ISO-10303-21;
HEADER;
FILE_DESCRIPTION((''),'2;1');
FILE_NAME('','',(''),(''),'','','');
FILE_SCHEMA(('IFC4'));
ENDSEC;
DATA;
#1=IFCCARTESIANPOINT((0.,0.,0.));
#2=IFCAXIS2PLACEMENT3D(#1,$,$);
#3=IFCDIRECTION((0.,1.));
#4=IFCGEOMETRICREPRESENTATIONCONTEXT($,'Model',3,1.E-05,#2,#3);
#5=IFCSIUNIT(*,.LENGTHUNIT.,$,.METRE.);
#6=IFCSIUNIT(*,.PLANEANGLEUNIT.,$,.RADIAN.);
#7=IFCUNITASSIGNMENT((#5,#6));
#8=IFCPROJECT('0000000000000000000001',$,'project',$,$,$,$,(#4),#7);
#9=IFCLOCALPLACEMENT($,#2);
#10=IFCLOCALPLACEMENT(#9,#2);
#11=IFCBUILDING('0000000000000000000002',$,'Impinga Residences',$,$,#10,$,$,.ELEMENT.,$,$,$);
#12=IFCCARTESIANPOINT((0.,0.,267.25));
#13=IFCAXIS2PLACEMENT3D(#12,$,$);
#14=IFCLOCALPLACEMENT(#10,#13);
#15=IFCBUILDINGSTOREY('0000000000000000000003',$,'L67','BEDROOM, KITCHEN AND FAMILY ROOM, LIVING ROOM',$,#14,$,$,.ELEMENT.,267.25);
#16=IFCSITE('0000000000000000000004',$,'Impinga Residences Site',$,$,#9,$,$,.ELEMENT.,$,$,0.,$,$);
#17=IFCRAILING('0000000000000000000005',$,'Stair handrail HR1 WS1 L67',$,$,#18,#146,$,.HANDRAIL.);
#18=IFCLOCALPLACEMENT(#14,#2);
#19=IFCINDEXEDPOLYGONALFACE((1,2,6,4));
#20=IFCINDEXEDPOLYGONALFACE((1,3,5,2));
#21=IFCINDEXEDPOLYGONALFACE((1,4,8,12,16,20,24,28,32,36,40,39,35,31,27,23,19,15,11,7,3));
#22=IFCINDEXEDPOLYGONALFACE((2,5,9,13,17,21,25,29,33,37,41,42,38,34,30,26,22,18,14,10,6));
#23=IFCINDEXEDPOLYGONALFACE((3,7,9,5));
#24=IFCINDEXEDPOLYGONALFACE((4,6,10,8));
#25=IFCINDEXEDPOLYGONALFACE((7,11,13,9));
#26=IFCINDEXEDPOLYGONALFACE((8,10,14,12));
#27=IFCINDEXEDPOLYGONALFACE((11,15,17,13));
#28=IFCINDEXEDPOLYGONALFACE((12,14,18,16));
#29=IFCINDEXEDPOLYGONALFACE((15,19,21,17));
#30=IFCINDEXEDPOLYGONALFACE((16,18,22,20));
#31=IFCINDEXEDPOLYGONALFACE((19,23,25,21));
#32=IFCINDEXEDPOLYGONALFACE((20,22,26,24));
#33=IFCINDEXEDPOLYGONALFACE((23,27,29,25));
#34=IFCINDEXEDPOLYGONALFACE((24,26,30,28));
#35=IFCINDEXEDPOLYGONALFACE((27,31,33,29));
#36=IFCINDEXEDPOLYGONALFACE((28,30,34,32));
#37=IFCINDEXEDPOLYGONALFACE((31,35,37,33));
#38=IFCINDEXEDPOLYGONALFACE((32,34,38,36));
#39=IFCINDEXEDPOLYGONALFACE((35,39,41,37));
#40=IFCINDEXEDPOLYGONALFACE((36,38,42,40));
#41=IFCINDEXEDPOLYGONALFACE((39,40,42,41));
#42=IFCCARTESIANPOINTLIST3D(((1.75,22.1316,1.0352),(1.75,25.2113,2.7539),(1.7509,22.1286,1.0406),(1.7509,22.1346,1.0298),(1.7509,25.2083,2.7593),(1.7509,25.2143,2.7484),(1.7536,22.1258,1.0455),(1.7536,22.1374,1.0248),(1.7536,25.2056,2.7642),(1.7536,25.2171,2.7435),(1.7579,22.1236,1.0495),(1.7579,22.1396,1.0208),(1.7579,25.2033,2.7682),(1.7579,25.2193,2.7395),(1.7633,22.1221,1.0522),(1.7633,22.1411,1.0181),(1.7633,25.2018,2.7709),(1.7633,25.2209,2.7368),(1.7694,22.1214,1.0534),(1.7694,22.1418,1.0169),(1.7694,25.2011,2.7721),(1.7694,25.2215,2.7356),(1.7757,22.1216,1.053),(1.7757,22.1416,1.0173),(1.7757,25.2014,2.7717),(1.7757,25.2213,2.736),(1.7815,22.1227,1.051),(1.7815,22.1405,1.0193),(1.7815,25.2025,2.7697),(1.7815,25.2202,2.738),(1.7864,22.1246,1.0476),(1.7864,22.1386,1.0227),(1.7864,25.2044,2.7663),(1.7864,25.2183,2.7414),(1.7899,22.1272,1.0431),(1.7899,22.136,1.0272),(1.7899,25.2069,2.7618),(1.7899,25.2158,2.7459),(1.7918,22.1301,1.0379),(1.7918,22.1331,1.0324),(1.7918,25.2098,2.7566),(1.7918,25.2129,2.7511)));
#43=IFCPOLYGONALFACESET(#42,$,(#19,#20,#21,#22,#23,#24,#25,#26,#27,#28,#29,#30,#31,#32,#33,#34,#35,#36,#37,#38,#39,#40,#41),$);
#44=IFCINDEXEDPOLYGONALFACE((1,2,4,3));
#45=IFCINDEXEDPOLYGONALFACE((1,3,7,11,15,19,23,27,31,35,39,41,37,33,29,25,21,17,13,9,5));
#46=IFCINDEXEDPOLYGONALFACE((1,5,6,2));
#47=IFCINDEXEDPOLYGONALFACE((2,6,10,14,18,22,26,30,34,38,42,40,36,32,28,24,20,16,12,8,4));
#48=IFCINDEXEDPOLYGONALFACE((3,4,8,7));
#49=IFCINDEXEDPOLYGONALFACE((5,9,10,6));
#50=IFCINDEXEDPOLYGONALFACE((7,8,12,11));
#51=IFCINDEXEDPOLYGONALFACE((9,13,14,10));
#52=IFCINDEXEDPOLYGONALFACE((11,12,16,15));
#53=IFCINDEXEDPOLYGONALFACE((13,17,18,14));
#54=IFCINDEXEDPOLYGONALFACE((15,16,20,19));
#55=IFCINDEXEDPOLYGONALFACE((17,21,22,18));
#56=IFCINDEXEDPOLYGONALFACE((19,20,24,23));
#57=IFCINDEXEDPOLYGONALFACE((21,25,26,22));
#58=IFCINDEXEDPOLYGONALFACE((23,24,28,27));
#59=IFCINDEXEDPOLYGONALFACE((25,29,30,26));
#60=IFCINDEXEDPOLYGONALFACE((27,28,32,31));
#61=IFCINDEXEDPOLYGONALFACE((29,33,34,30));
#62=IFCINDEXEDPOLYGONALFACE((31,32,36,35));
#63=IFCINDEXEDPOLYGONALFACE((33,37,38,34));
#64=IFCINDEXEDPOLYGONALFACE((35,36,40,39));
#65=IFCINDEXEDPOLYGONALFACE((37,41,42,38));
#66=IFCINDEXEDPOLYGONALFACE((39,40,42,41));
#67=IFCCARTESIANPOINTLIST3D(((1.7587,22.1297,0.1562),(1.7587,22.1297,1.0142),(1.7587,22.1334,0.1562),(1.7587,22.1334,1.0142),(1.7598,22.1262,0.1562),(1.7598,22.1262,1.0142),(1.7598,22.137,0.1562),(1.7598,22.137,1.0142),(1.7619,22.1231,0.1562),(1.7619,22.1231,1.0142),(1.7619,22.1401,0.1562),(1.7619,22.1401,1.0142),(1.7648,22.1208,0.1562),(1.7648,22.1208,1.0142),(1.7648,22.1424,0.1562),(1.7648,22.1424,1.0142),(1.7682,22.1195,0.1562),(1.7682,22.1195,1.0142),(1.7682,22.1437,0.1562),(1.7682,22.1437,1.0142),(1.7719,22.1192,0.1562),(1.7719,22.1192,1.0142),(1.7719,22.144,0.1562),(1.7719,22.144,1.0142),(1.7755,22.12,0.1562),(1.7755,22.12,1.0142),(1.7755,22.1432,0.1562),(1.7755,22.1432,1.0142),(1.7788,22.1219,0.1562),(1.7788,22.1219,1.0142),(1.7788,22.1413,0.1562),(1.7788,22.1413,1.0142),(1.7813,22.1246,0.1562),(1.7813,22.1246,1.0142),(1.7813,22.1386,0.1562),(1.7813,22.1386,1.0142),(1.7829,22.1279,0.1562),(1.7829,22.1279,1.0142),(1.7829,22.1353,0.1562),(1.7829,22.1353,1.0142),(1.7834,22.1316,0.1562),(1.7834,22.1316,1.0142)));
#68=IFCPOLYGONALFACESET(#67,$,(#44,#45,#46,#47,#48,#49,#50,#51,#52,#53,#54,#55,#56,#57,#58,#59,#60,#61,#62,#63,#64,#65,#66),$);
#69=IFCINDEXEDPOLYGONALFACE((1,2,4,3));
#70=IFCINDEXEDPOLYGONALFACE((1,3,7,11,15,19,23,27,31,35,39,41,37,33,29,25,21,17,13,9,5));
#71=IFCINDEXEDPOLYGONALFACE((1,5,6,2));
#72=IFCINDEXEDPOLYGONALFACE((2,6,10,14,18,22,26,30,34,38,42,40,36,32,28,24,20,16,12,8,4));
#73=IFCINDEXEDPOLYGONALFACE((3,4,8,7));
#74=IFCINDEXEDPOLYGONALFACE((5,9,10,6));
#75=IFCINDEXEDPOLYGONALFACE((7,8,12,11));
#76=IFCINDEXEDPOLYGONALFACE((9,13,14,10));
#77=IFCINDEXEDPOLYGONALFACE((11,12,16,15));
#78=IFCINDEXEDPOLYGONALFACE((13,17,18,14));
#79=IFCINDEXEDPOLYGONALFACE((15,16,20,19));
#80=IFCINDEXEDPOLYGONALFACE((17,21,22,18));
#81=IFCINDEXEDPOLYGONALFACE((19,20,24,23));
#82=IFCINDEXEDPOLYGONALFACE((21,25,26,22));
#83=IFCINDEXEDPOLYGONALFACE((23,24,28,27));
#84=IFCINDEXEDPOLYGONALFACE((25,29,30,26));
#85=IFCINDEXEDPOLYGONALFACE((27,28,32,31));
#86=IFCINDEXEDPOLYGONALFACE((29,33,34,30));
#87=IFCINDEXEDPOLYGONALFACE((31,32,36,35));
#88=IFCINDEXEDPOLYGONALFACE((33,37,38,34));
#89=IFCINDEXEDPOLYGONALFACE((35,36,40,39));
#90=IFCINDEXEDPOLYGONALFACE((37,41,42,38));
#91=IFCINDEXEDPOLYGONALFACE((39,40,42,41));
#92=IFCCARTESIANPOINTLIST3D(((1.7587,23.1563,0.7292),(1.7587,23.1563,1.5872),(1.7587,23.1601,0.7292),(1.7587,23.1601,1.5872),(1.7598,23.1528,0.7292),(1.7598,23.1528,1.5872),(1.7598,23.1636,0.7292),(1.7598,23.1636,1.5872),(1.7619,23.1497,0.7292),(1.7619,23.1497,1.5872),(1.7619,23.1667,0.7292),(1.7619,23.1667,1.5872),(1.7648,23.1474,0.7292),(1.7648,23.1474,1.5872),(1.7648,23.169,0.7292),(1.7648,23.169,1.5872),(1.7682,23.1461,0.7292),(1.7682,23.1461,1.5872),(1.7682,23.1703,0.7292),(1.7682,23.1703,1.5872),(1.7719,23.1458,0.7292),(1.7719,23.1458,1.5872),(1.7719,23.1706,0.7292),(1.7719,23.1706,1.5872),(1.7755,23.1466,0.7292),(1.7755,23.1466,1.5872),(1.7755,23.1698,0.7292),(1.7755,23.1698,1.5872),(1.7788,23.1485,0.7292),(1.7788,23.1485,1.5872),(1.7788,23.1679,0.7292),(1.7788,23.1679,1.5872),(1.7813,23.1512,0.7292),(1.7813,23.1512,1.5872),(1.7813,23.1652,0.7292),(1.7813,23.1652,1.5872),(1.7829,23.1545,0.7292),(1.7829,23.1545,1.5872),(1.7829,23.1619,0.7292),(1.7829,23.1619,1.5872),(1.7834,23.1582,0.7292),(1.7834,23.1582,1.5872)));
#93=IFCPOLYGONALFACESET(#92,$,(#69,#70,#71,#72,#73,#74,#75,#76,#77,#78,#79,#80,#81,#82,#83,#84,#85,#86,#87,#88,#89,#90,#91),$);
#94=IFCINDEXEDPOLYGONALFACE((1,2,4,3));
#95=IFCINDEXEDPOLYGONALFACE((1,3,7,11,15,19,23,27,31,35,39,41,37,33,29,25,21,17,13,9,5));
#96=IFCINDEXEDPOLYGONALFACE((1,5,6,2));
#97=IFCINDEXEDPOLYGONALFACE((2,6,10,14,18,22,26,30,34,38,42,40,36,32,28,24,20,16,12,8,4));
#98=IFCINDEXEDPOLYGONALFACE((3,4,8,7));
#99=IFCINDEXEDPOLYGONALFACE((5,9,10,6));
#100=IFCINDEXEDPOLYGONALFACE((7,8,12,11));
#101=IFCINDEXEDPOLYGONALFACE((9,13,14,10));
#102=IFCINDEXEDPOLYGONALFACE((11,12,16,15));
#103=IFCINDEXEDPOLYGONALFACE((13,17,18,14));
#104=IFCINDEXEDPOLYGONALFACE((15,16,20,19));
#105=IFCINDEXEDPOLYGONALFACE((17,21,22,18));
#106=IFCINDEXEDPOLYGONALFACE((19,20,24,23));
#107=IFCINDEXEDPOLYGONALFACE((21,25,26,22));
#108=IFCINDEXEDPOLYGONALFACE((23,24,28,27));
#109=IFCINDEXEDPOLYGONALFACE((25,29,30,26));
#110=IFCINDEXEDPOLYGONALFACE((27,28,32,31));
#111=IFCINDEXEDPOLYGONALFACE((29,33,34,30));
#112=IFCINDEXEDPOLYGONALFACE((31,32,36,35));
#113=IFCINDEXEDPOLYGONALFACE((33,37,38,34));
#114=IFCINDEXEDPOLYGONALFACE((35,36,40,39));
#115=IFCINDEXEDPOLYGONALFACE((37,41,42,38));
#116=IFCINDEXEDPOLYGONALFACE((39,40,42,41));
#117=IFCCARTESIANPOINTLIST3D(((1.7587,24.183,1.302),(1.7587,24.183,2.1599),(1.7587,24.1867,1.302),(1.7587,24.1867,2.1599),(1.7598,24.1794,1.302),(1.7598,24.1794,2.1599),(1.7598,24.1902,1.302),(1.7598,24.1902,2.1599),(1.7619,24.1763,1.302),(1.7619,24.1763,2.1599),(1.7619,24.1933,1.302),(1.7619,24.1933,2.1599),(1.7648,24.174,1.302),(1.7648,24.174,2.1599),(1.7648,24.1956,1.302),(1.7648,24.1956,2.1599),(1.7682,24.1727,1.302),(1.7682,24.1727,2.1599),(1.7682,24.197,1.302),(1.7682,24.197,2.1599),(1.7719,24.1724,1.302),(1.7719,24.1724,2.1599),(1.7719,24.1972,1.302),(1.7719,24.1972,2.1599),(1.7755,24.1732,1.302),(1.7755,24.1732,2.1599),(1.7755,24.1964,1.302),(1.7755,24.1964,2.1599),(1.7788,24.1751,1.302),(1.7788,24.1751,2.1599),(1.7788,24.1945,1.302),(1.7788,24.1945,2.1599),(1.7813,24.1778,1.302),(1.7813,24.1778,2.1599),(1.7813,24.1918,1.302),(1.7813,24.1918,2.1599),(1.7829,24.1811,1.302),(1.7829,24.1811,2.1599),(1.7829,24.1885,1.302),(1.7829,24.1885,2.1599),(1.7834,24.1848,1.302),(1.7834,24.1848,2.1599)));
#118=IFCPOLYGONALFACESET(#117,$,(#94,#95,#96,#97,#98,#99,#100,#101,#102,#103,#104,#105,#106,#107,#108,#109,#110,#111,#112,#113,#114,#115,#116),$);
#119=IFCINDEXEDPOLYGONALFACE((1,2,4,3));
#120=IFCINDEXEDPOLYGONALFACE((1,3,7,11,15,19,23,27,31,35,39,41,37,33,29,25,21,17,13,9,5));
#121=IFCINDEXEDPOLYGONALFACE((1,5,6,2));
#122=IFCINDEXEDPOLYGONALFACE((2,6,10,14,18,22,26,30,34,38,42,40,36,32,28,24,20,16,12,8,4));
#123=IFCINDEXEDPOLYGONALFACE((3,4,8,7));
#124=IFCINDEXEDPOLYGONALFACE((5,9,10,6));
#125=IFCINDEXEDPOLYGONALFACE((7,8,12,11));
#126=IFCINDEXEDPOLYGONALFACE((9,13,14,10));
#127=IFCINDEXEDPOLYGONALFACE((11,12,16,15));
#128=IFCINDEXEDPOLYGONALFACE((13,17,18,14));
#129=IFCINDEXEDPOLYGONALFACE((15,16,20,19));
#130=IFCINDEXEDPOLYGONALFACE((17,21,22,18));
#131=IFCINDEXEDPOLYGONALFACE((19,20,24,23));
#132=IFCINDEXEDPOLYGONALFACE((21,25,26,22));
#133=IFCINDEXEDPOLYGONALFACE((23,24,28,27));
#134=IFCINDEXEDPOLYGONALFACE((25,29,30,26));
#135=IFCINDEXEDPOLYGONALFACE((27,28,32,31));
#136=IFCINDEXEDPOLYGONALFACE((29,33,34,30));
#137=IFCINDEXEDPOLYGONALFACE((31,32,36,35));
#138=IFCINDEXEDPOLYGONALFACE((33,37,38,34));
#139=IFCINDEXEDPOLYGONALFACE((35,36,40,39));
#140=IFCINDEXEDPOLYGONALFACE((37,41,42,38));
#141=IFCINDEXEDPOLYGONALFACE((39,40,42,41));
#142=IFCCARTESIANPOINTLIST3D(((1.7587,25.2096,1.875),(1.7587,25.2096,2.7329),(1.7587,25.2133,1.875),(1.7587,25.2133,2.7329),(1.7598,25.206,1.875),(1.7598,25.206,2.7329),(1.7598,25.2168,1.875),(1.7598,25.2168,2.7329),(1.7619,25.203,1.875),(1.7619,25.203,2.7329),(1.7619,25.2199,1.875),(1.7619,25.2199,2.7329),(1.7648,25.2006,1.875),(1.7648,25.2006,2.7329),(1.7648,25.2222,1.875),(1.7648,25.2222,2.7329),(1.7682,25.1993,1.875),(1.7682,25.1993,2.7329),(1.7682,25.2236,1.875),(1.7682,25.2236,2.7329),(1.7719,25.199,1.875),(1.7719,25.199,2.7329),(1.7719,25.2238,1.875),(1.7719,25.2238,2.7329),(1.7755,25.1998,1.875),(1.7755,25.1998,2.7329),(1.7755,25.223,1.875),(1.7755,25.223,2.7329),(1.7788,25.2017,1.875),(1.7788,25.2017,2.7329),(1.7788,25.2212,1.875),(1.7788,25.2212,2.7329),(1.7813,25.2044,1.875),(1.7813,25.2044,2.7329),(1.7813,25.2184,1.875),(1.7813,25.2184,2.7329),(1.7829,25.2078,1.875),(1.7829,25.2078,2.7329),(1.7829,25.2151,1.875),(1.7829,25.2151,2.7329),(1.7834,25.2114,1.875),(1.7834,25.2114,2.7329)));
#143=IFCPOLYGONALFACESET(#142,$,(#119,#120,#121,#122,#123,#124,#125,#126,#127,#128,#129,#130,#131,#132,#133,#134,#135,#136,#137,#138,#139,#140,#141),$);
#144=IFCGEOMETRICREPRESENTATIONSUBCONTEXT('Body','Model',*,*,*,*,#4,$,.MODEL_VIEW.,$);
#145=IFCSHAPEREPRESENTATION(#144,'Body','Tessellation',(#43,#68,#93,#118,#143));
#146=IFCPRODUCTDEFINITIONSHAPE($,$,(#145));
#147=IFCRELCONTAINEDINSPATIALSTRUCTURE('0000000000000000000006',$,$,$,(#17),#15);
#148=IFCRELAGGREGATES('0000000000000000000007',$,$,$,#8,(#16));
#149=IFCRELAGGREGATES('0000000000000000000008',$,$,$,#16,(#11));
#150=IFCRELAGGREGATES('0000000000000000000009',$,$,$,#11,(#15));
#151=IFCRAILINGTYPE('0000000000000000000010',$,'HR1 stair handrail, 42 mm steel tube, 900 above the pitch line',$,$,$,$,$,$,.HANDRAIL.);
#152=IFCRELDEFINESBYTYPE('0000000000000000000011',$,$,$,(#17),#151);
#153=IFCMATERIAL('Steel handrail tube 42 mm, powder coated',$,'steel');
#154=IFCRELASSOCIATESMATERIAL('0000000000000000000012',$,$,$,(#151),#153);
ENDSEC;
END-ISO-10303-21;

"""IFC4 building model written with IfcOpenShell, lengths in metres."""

from ifc_helpers import new_model, si_unit, direction, frame, origin, origin_2d, place, context, subcontext, project, spatial, circle, extrude, material, type_object, element, save


model = new_model("IFC4")

# Units and contexts
model_context = context("Model", 3, precision=1e-05, world=origin(), true_north=direction((0.0, 1.0)))
body_context = subcontext(model_context, "Body", "Model", "MODEL_VIEW")
ifc_project = project(units=[si_unit("LENGTHUNIT", "METRE"), si_unit("PLANEANGLEUNIT", "RADIAN")], contexts=[model_context])

# Site, building, storey
site_placement = place(None, origin())
site = spatial("IfcSite", under=ifc_project, at=site_placement, Name="Impinga Residences Site", CompositionType="ELEMENT", RefElevation=0.0)
building_placement = place(site_placement, origin())
building = spatial("IfcBuilding", under=site, at=building_placement, Name="Impinga Residences", CompositionType="ELEMENT")
storey_placement = place(building_placement, frame((0.0, 0.0, 267.25)))
storey = spatial("IfcBuildingStorey", under=building, at=storey_placement, Name="L67", Description="BEDROOM, KITCHEN AND FAMILY ROOM, LIVING ROOM", CompositionType="ELEMENT", Elevation=267.25)

# Railing
ifc_material_1 = material(Name="Steel handrail tube 42 mm, powder coated", Category="steel")
railing_type_1 = type_object("IfcRailingType", Name="HR1 stair handrail, 42 mm steel tube, 900 above the pitch line", PredefinedType="HANDRAIL", material=ifc_material_1)
railing_1_placement = place(storey_placement, frame((1.771, 22.1316, 0.1562)))
element("IfcRailing", 1, at=railing_1_placement, inside=storey, type_object=railing_type_1, Name="Stair handrail HR1 WS1 L67", PredefinedType="HANDRAIL", context=body_context, shape_type="SweptSolid", body=[
    extrude(circle(Radius=0.021, at=origin_2d()), frame((0.0, 0.0, 0.8789), z_axis=(0.0, 0.873225, 0.487317), x_axis=(-1.0, 0.0, 0.0)), (0.0, 0.0, 1.0), 3.5269),
    extrude(circle(Radius=0.0125, at=origin_2d()), origin(), (0.0, 0.0, 1.0), 0.8579),
    extrude(circle(Radius=0.0125, at=origin_2d()), frame((0.0, 1.0266, 0.573)), (0.0, 0.0, 1.0), 0.8579),
    extrude(circle(Radius=0.0125, at=origin_2d()), frame((0.0, 2.0532, 1.1458)), (0.0, 0.0, 1.0), 0.8579),
    extrude(circle(Radius=0.0125, at=origin_2d()), frame((0.0, 3.0798, 1.7188)), (0.0, 0.0, 1.0), 0.8579),
])

save(model, "model.ifc")
